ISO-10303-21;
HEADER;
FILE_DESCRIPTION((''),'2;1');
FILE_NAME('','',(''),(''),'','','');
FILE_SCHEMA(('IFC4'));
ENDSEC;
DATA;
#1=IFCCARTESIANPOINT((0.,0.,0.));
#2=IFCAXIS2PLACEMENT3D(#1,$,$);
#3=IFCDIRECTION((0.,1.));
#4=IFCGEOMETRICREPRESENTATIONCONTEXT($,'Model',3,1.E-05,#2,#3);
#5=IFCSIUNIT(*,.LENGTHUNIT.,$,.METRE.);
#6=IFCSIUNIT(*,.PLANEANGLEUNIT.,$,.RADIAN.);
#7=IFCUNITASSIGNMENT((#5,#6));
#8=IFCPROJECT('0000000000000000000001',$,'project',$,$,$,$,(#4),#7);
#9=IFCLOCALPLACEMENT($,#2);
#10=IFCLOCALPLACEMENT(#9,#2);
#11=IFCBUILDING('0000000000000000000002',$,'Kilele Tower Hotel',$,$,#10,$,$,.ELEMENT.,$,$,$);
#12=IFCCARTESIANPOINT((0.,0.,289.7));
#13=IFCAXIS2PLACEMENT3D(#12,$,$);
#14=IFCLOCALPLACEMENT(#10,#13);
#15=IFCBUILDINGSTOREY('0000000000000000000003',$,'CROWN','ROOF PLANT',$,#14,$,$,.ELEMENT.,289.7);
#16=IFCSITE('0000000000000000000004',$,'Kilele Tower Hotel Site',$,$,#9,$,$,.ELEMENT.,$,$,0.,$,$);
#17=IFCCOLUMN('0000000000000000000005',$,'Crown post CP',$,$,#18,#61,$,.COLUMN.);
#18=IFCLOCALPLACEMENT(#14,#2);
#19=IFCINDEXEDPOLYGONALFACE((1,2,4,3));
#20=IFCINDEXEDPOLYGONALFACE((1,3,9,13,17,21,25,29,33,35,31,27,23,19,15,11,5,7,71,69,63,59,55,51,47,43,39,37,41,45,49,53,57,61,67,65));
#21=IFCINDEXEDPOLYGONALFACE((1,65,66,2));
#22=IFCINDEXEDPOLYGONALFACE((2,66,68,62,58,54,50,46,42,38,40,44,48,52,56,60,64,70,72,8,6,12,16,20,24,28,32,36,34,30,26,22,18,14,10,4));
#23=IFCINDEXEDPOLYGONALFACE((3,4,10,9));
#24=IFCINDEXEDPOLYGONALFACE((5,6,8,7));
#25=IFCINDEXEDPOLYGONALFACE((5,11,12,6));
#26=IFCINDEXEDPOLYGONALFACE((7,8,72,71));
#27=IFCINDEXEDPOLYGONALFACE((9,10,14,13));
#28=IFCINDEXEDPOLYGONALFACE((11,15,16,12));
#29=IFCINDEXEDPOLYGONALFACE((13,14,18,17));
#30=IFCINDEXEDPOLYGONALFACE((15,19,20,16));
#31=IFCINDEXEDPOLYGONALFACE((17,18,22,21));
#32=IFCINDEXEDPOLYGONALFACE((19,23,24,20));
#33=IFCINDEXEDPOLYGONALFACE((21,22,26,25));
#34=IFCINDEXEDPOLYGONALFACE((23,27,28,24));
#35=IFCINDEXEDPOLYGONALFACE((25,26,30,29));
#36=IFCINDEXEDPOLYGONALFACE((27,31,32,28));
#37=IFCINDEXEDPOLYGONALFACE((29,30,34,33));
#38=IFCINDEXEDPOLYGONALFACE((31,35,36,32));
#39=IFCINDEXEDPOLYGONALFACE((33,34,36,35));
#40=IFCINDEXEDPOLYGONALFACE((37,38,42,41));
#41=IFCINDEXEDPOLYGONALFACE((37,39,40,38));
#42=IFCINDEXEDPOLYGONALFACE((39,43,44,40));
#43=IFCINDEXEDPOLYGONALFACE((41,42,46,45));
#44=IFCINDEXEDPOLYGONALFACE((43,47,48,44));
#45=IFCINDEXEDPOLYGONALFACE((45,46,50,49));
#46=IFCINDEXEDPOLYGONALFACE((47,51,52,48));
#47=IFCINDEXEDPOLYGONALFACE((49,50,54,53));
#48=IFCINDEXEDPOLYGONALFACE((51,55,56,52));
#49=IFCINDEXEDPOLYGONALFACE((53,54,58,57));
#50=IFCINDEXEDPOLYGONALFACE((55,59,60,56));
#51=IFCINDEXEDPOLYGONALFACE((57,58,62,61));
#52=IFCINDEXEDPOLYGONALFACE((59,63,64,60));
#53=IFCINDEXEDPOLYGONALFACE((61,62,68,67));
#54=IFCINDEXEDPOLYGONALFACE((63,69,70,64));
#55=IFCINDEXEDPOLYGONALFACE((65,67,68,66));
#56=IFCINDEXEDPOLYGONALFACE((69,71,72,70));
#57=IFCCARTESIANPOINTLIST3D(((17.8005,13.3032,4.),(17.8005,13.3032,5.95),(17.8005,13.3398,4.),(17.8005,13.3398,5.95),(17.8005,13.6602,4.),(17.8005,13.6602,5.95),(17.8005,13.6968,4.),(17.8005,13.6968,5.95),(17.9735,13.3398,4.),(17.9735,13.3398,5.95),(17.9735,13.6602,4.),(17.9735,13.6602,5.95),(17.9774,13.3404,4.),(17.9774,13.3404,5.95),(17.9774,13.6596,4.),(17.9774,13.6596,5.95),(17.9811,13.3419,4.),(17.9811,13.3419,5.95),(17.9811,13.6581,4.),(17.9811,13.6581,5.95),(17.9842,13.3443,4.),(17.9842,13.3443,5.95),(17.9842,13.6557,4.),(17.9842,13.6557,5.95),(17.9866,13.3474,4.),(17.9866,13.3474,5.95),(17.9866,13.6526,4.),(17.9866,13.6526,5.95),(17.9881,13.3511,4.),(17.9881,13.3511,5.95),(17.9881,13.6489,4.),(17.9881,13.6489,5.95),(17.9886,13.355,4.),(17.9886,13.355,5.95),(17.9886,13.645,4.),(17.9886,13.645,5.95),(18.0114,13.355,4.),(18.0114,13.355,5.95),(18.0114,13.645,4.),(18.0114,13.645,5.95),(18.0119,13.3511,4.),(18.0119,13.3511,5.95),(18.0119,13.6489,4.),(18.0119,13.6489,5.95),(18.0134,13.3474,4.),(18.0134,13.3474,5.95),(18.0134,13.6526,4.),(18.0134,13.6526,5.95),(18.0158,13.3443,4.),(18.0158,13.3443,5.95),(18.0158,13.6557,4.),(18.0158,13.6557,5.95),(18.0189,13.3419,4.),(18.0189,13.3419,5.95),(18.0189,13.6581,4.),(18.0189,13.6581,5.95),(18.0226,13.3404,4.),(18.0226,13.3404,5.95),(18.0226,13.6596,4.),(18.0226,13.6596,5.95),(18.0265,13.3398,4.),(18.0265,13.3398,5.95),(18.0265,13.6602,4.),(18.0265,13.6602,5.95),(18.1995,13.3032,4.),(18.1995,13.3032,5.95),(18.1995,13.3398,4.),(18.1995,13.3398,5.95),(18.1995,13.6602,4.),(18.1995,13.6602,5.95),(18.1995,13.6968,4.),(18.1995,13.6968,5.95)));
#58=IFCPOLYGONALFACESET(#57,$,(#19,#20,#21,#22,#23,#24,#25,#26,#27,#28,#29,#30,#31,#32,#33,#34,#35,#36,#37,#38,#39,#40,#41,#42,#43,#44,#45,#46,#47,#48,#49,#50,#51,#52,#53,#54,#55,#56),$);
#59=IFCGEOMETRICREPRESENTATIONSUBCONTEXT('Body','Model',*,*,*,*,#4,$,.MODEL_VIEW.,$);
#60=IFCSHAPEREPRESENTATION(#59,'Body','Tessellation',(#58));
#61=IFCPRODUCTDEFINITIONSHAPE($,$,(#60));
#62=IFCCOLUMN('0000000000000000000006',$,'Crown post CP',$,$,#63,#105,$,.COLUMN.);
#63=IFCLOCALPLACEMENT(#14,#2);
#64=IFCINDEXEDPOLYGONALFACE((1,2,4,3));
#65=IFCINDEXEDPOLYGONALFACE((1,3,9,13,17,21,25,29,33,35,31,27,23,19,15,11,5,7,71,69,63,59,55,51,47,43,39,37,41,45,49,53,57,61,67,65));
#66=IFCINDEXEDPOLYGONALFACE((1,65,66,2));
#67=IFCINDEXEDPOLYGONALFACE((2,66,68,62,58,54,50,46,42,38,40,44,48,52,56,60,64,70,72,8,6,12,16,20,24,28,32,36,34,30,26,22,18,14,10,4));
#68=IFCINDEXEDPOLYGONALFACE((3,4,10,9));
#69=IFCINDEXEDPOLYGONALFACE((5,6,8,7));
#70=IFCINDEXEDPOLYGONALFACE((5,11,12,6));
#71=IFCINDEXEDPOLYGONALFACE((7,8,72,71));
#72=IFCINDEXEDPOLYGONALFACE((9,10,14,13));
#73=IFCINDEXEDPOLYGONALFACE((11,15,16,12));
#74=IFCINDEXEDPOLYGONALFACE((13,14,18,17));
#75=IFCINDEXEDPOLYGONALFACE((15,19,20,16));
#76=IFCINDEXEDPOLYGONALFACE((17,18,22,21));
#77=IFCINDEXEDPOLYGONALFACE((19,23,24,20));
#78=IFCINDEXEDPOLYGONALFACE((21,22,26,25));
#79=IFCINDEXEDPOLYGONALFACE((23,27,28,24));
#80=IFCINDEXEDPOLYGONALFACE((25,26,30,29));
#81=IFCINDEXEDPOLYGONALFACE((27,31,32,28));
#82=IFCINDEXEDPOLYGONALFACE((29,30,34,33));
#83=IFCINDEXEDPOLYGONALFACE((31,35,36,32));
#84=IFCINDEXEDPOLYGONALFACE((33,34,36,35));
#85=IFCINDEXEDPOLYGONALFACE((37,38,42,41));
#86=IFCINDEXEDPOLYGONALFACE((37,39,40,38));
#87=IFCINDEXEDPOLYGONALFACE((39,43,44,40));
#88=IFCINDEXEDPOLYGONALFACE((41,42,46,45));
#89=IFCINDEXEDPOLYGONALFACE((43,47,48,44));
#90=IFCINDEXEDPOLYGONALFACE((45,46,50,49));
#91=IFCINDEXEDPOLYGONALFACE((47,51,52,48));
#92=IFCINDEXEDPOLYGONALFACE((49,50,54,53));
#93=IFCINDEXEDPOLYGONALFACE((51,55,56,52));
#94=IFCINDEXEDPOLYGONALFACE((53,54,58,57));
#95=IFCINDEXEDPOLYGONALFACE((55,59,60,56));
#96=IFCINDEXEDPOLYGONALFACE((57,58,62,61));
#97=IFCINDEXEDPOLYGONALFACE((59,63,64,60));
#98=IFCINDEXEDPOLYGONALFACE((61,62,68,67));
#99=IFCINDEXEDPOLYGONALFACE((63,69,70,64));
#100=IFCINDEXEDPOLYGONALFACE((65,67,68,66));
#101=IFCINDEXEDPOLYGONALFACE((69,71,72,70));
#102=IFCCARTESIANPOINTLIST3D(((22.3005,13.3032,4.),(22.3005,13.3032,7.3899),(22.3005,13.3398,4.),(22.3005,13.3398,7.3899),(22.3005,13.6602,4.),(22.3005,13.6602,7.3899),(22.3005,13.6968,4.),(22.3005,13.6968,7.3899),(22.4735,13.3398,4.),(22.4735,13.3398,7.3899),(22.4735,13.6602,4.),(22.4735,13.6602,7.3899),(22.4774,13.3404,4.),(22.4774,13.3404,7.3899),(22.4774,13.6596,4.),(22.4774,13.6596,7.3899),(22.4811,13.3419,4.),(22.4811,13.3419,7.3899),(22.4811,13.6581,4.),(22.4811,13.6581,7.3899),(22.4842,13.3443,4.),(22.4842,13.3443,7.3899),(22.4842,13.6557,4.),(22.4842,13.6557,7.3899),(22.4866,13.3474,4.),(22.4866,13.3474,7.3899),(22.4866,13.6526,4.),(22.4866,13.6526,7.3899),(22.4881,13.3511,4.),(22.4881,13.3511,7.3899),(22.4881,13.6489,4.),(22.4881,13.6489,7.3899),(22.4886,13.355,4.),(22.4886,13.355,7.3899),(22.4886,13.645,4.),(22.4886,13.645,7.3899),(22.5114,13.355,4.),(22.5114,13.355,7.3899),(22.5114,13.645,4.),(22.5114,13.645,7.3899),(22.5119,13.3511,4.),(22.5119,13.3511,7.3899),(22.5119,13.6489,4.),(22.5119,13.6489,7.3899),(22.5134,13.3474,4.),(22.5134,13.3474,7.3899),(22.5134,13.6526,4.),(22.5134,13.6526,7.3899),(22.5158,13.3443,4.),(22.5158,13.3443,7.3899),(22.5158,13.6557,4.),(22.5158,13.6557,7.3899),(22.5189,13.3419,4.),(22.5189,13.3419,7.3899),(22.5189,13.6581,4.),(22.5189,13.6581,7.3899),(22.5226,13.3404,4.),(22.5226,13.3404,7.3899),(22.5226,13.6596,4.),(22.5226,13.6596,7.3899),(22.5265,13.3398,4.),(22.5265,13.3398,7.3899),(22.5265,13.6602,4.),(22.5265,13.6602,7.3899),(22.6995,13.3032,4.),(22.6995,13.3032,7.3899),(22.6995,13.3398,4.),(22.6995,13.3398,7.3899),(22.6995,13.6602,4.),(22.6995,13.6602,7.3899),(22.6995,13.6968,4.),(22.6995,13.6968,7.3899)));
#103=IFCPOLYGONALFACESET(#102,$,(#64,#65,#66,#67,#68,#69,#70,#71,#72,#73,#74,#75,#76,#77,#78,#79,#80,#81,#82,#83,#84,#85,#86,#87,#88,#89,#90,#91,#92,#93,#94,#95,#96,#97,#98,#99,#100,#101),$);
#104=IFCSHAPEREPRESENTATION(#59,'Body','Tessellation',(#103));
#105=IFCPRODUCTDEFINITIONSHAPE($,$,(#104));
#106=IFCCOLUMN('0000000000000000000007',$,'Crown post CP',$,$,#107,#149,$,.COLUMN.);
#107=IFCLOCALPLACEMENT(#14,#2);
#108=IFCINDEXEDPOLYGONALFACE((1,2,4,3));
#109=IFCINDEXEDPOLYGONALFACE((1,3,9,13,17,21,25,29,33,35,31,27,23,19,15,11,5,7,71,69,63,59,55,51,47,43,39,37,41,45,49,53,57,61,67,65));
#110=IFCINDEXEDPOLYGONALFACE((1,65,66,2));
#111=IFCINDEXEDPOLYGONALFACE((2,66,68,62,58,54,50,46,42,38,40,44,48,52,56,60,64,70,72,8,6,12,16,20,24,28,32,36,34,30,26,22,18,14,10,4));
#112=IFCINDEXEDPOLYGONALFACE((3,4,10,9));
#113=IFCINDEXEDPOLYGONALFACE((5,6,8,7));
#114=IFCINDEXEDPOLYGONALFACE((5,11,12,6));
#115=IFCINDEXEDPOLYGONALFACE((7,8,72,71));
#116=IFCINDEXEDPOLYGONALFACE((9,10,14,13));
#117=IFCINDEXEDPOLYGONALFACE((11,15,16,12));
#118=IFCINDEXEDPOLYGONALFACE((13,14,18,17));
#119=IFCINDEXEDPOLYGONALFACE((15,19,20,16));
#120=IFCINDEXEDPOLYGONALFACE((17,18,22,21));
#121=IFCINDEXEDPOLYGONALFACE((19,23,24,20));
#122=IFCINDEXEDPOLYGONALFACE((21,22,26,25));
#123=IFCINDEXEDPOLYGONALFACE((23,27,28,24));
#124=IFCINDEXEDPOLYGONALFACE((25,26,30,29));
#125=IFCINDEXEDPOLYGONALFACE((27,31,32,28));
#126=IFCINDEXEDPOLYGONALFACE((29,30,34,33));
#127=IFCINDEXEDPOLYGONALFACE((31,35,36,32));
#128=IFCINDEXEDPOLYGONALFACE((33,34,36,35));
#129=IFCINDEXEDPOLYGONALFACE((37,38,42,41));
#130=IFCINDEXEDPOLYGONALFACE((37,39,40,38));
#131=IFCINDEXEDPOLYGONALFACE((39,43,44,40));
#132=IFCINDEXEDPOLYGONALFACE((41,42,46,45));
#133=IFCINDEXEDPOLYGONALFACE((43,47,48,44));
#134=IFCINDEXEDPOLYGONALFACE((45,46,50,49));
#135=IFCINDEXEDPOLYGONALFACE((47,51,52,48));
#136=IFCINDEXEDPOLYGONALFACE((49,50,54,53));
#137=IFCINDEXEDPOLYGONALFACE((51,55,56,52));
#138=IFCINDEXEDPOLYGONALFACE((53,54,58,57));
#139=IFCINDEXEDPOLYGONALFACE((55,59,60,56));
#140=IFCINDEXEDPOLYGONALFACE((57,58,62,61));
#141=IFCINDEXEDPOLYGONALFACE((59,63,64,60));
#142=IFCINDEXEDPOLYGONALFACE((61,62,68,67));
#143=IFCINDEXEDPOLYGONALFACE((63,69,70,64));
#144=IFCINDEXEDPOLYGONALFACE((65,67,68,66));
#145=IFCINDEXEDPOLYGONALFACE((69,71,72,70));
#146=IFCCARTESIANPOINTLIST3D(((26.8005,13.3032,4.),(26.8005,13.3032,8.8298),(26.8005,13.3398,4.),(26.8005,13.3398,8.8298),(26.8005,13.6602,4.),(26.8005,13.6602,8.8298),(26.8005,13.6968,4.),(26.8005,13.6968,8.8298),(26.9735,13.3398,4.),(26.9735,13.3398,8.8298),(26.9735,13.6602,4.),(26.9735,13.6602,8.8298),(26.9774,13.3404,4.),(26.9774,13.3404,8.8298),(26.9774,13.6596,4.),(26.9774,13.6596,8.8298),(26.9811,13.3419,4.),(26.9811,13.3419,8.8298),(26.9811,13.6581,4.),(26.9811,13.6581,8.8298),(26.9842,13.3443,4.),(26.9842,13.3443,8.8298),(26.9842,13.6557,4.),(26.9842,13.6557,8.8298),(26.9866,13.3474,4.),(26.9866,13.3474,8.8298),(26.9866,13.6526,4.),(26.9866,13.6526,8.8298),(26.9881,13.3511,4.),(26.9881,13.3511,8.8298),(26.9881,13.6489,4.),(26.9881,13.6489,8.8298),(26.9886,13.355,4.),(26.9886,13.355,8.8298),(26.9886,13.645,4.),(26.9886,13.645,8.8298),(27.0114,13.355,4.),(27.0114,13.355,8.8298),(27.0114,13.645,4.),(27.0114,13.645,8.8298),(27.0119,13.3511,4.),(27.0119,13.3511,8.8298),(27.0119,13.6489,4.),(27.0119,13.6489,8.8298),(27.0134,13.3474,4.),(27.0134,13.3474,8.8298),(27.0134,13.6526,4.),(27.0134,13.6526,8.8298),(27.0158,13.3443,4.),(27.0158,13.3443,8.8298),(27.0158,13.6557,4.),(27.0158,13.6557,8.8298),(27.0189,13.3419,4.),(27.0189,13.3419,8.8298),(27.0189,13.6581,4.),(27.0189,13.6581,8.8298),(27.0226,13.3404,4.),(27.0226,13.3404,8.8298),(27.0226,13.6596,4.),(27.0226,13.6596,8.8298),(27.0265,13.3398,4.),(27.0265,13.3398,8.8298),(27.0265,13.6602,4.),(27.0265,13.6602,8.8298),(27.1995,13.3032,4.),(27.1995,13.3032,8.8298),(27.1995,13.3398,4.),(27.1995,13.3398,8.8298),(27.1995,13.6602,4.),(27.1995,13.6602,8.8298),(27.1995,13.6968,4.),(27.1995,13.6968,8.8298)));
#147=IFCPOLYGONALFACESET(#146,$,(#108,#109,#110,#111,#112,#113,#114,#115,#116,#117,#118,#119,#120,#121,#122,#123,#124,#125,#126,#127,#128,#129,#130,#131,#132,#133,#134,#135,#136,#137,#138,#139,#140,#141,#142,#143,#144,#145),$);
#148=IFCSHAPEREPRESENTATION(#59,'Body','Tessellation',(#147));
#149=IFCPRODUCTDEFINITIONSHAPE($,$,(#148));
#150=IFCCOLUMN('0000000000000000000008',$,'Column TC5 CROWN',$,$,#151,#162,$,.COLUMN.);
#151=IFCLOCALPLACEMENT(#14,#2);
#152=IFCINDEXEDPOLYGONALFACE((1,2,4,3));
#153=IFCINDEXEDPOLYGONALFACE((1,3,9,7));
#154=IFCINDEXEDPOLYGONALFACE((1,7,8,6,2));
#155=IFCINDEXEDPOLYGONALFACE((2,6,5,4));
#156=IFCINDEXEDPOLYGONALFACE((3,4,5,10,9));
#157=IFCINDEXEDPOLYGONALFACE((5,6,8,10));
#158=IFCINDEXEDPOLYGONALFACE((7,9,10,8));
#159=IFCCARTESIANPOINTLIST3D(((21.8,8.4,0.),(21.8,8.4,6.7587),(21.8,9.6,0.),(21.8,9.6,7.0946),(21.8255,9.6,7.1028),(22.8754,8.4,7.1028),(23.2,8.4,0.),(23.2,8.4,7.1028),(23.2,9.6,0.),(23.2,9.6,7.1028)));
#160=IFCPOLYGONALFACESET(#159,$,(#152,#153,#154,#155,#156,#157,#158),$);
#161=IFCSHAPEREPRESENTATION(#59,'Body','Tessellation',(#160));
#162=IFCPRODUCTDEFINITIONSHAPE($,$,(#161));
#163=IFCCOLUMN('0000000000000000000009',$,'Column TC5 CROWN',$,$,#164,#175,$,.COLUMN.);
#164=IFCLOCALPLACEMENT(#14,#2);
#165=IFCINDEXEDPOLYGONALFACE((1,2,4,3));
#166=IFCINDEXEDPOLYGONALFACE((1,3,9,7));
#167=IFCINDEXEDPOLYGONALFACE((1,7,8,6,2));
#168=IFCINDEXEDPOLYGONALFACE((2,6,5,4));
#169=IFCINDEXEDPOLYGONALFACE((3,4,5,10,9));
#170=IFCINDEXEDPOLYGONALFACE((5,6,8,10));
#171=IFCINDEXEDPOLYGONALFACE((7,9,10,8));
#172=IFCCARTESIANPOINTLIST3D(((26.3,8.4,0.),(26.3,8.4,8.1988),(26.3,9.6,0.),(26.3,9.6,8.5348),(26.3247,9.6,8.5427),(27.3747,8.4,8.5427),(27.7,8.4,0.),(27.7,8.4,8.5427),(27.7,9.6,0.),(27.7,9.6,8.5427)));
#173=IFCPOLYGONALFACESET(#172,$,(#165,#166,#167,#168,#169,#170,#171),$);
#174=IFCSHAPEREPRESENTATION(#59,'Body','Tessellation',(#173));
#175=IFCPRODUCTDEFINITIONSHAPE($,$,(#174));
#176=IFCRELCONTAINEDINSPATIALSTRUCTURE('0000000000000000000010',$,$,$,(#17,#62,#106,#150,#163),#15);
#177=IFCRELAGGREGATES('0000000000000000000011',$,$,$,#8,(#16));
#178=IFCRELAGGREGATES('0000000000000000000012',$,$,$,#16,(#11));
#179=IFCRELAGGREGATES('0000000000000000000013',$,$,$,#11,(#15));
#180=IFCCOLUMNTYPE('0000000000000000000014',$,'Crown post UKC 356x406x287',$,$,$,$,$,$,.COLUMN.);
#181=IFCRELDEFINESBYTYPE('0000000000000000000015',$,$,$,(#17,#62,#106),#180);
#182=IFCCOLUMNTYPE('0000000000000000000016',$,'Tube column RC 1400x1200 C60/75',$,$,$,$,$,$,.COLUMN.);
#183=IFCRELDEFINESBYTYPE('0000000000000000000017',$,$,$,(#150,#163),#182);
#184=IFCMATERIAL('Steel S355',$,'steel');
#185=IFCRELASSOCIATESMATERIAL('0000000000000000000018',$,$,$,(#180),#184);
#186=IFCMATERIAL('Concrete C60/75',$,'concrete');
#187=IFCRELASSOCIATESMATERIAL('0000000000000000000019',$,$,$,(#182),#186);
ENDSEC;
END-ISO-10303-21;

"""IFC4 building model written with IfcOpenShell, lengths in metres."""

from ifc_helpers import new_model, si_unit, direction, frame, origin, origin_2d, place, context, subcontext, project, spatial, rectangle, i_section, extrude, clip, halfspace, material, material_profile, profile_set, type_object, element, save


model = new_model("IFC4")

# Units and contexts
model_context = context("Model", 3, precision=1e-05, world=origin(), true_north=direction((0.0, 1.0)))
body_context = subcontext(model_context, "Body", "Model", "MODEL_VIEW")
ifc_project = project(units=[si_unit("LENGTHUNIT", "METRE"), si_unit("PLANEANGLEUNIT", "RADIAN")], contexts=[model_context])

# Site, building, storey
site_placement = place(None, origin())
site = spatial("IfcSite", under=ifc_project, at=site_placement, Name="Kilele Tower Hotel Site", CompositionType="ELEMENT", RefElevation=0.0)
building_placement = place(site_placement, origin())
building = spatial("IfcBuilding", under=site, at=building_placement, Name="Kilele Tower Hotel", CompositionType="ELEMENT")
storey_placement = place(building_placement, frame((0.0, 0.0, 289.7)))
storey = spatial("IfcBuildingStorey", under=building, at=storey_placement, Name="CROWN", Description="ROOF PLANT", CompositionType="ELEMENT", Elevation=289.7)

# Columns
ifc_material_1 = material(Name="Steel S355", Category="steel")
ifc_material_profile_1 = material_profile(ifc_material_1, i_section(OverallWidth=0.3989, OverallDepth=0.3936, WebThickness=0.0227, FlangeThickness=0.0366, FilletRadius=0.0151, at=origin_2d()))
ifc_profile_set_1 = profile_set([ifc_material_profile_1], Name="Steel S355")
column_type_1 = type_object("IfcColumnType", Name="Crown post UKC 356x406x287", PredefinedType="COLUMN", material=ifc_profile_set_1)
column_1_placement = place(storey_placement, frame((18.0, 13.5, 4.0), z_axis=(0.0, 0.0, 1.0), x_axis=(1.0, 0.0, 0.0)))
element("IfcColumn", 1, at=column_1_placement, inside=storey, type_object=column_type_1, Name="Crown post CP", PredefinedType="COLUMN", context=body_context, shape_type="SweptSolid", body=[
    extrude(i_section(OverallWidth=0.3989, OverallDepth=0.3936, WebThickness=0.0227, FlangeThickness=0.0366, FilletRadius=0.0151, at=origin_2d()), origin(), (0.0, 0.0, 1.0), 1.95),
])
column_2_placement = place(storey_placement, frame((22.5, 13.5, 4.0), z_axis=(0.0, 0.0, 1.0), x_axis=(1.0, 0.0, 0.0)))
element("IfcColumn", 2, at=column_2_placement, inside=storey, type_object=column_type_1, Name="Crown post CP", PredefinedType="COLUMN", context=body_context, shape_type="SweptSolid", body=[
    extrude(i_section(OverallWidth=0.3989, OverallDepth=0.3936, WebThickness=0.0227, FlangeThickness=0.0366, FilletRadius=0.0151, at=origin_2d()), origin(), (0.0, 0.0, 1.0), 3.3899),
])
column_3_placement = place(storey_placement, frame((27.0, 13.5, 4.0), z_axis=(0.0, 0.0, 1.0), x_axis=(1.0, 0.0, 0.0)))
element("IfcColumn", 3, at=column_3_placement, inside=storey, type_object=column_type_1, Name="Crown post CP", PredefinedType="COLUMN", context=body_context, shape_type="SweptSolid", body=[
    extrude(i_section(OverallWidth=0.3989, OverallDepth=0.3936, WebThickness=0.0227, FlangeThickness=0.0366, FilletRadius=0.0151, at=origin_2d()), origin(), (0.0, 0.0, 1.0), 4.8298),
])
ifc_material_2 = material(Name="Concrete C60/75", Category="concrete")
ifc_material_profile_2 = material_profile(ifc_material_2, rectangle(XDim=1.3999, YDim=1.2, at=origin_2d()))
ifc_profile_set_2 = profile_set([ifc_material_profile_2], Name="Concrete C60/75")
column_type_2 = type_object("IfcColumnType", Name="Tube column RC 1400x1200 C60/75", PredefinedType="COLUMN", material=ifc_profile_set_2)
column_4_placement = place(storey_placement, frame((22.5, 9.0, 0.0), z_axis=(0.0, 0.0, 1.0), x_axis=(1.0, 0.0, 0.0)))
element("IfcColumn", 4, at=column_4_placement, inside=storey, type_object=column_type_2, Name="Column TC5 CROWN", PredefinedType="COLUMN", context=body_context, shape_type="Clipping", body=[
    clip(extrude(rectangle(XDim=1.3999, YDim=1.2, at=origin_2d()), origin(), (0.0, 0.0, 1.0), 7.1028), halfspace(frame((0.0, 0.0, 7.1506), z_axis=(-0.294484, -0.257674, 0.920263), x_axis=(0.952424, 0.0, 0.304776)), False)),
])
column_5_placement = place(storey_placement, frame((27.0, 9.0, 0.0), z_axis=(0.0, 0.0, 1.0), x_axis=(1.0, 0.0, 0.0)))
element("IfcColumn", 5, at=column_5_placement, inside=storey, type_object=column_type_2, Name="Column TC5 CROWN", PredefinedType="COLUMN", context=body_context, shape_type="Clipping", body=[
    clip(extrude(rectangle(XDim=1.3999, YDim=1.2, at=origin_2d()), origin(), (0.0, 0.0, 1.0), 8.5427), halfspace(frame((0.0, 0.0, 8.5908), z_axis=(-0.294484, -0.257674, 0.920263), x_axis=(0.952424, 0.0, 0.304776)), False)),
])

save(model, "model.ifc")
